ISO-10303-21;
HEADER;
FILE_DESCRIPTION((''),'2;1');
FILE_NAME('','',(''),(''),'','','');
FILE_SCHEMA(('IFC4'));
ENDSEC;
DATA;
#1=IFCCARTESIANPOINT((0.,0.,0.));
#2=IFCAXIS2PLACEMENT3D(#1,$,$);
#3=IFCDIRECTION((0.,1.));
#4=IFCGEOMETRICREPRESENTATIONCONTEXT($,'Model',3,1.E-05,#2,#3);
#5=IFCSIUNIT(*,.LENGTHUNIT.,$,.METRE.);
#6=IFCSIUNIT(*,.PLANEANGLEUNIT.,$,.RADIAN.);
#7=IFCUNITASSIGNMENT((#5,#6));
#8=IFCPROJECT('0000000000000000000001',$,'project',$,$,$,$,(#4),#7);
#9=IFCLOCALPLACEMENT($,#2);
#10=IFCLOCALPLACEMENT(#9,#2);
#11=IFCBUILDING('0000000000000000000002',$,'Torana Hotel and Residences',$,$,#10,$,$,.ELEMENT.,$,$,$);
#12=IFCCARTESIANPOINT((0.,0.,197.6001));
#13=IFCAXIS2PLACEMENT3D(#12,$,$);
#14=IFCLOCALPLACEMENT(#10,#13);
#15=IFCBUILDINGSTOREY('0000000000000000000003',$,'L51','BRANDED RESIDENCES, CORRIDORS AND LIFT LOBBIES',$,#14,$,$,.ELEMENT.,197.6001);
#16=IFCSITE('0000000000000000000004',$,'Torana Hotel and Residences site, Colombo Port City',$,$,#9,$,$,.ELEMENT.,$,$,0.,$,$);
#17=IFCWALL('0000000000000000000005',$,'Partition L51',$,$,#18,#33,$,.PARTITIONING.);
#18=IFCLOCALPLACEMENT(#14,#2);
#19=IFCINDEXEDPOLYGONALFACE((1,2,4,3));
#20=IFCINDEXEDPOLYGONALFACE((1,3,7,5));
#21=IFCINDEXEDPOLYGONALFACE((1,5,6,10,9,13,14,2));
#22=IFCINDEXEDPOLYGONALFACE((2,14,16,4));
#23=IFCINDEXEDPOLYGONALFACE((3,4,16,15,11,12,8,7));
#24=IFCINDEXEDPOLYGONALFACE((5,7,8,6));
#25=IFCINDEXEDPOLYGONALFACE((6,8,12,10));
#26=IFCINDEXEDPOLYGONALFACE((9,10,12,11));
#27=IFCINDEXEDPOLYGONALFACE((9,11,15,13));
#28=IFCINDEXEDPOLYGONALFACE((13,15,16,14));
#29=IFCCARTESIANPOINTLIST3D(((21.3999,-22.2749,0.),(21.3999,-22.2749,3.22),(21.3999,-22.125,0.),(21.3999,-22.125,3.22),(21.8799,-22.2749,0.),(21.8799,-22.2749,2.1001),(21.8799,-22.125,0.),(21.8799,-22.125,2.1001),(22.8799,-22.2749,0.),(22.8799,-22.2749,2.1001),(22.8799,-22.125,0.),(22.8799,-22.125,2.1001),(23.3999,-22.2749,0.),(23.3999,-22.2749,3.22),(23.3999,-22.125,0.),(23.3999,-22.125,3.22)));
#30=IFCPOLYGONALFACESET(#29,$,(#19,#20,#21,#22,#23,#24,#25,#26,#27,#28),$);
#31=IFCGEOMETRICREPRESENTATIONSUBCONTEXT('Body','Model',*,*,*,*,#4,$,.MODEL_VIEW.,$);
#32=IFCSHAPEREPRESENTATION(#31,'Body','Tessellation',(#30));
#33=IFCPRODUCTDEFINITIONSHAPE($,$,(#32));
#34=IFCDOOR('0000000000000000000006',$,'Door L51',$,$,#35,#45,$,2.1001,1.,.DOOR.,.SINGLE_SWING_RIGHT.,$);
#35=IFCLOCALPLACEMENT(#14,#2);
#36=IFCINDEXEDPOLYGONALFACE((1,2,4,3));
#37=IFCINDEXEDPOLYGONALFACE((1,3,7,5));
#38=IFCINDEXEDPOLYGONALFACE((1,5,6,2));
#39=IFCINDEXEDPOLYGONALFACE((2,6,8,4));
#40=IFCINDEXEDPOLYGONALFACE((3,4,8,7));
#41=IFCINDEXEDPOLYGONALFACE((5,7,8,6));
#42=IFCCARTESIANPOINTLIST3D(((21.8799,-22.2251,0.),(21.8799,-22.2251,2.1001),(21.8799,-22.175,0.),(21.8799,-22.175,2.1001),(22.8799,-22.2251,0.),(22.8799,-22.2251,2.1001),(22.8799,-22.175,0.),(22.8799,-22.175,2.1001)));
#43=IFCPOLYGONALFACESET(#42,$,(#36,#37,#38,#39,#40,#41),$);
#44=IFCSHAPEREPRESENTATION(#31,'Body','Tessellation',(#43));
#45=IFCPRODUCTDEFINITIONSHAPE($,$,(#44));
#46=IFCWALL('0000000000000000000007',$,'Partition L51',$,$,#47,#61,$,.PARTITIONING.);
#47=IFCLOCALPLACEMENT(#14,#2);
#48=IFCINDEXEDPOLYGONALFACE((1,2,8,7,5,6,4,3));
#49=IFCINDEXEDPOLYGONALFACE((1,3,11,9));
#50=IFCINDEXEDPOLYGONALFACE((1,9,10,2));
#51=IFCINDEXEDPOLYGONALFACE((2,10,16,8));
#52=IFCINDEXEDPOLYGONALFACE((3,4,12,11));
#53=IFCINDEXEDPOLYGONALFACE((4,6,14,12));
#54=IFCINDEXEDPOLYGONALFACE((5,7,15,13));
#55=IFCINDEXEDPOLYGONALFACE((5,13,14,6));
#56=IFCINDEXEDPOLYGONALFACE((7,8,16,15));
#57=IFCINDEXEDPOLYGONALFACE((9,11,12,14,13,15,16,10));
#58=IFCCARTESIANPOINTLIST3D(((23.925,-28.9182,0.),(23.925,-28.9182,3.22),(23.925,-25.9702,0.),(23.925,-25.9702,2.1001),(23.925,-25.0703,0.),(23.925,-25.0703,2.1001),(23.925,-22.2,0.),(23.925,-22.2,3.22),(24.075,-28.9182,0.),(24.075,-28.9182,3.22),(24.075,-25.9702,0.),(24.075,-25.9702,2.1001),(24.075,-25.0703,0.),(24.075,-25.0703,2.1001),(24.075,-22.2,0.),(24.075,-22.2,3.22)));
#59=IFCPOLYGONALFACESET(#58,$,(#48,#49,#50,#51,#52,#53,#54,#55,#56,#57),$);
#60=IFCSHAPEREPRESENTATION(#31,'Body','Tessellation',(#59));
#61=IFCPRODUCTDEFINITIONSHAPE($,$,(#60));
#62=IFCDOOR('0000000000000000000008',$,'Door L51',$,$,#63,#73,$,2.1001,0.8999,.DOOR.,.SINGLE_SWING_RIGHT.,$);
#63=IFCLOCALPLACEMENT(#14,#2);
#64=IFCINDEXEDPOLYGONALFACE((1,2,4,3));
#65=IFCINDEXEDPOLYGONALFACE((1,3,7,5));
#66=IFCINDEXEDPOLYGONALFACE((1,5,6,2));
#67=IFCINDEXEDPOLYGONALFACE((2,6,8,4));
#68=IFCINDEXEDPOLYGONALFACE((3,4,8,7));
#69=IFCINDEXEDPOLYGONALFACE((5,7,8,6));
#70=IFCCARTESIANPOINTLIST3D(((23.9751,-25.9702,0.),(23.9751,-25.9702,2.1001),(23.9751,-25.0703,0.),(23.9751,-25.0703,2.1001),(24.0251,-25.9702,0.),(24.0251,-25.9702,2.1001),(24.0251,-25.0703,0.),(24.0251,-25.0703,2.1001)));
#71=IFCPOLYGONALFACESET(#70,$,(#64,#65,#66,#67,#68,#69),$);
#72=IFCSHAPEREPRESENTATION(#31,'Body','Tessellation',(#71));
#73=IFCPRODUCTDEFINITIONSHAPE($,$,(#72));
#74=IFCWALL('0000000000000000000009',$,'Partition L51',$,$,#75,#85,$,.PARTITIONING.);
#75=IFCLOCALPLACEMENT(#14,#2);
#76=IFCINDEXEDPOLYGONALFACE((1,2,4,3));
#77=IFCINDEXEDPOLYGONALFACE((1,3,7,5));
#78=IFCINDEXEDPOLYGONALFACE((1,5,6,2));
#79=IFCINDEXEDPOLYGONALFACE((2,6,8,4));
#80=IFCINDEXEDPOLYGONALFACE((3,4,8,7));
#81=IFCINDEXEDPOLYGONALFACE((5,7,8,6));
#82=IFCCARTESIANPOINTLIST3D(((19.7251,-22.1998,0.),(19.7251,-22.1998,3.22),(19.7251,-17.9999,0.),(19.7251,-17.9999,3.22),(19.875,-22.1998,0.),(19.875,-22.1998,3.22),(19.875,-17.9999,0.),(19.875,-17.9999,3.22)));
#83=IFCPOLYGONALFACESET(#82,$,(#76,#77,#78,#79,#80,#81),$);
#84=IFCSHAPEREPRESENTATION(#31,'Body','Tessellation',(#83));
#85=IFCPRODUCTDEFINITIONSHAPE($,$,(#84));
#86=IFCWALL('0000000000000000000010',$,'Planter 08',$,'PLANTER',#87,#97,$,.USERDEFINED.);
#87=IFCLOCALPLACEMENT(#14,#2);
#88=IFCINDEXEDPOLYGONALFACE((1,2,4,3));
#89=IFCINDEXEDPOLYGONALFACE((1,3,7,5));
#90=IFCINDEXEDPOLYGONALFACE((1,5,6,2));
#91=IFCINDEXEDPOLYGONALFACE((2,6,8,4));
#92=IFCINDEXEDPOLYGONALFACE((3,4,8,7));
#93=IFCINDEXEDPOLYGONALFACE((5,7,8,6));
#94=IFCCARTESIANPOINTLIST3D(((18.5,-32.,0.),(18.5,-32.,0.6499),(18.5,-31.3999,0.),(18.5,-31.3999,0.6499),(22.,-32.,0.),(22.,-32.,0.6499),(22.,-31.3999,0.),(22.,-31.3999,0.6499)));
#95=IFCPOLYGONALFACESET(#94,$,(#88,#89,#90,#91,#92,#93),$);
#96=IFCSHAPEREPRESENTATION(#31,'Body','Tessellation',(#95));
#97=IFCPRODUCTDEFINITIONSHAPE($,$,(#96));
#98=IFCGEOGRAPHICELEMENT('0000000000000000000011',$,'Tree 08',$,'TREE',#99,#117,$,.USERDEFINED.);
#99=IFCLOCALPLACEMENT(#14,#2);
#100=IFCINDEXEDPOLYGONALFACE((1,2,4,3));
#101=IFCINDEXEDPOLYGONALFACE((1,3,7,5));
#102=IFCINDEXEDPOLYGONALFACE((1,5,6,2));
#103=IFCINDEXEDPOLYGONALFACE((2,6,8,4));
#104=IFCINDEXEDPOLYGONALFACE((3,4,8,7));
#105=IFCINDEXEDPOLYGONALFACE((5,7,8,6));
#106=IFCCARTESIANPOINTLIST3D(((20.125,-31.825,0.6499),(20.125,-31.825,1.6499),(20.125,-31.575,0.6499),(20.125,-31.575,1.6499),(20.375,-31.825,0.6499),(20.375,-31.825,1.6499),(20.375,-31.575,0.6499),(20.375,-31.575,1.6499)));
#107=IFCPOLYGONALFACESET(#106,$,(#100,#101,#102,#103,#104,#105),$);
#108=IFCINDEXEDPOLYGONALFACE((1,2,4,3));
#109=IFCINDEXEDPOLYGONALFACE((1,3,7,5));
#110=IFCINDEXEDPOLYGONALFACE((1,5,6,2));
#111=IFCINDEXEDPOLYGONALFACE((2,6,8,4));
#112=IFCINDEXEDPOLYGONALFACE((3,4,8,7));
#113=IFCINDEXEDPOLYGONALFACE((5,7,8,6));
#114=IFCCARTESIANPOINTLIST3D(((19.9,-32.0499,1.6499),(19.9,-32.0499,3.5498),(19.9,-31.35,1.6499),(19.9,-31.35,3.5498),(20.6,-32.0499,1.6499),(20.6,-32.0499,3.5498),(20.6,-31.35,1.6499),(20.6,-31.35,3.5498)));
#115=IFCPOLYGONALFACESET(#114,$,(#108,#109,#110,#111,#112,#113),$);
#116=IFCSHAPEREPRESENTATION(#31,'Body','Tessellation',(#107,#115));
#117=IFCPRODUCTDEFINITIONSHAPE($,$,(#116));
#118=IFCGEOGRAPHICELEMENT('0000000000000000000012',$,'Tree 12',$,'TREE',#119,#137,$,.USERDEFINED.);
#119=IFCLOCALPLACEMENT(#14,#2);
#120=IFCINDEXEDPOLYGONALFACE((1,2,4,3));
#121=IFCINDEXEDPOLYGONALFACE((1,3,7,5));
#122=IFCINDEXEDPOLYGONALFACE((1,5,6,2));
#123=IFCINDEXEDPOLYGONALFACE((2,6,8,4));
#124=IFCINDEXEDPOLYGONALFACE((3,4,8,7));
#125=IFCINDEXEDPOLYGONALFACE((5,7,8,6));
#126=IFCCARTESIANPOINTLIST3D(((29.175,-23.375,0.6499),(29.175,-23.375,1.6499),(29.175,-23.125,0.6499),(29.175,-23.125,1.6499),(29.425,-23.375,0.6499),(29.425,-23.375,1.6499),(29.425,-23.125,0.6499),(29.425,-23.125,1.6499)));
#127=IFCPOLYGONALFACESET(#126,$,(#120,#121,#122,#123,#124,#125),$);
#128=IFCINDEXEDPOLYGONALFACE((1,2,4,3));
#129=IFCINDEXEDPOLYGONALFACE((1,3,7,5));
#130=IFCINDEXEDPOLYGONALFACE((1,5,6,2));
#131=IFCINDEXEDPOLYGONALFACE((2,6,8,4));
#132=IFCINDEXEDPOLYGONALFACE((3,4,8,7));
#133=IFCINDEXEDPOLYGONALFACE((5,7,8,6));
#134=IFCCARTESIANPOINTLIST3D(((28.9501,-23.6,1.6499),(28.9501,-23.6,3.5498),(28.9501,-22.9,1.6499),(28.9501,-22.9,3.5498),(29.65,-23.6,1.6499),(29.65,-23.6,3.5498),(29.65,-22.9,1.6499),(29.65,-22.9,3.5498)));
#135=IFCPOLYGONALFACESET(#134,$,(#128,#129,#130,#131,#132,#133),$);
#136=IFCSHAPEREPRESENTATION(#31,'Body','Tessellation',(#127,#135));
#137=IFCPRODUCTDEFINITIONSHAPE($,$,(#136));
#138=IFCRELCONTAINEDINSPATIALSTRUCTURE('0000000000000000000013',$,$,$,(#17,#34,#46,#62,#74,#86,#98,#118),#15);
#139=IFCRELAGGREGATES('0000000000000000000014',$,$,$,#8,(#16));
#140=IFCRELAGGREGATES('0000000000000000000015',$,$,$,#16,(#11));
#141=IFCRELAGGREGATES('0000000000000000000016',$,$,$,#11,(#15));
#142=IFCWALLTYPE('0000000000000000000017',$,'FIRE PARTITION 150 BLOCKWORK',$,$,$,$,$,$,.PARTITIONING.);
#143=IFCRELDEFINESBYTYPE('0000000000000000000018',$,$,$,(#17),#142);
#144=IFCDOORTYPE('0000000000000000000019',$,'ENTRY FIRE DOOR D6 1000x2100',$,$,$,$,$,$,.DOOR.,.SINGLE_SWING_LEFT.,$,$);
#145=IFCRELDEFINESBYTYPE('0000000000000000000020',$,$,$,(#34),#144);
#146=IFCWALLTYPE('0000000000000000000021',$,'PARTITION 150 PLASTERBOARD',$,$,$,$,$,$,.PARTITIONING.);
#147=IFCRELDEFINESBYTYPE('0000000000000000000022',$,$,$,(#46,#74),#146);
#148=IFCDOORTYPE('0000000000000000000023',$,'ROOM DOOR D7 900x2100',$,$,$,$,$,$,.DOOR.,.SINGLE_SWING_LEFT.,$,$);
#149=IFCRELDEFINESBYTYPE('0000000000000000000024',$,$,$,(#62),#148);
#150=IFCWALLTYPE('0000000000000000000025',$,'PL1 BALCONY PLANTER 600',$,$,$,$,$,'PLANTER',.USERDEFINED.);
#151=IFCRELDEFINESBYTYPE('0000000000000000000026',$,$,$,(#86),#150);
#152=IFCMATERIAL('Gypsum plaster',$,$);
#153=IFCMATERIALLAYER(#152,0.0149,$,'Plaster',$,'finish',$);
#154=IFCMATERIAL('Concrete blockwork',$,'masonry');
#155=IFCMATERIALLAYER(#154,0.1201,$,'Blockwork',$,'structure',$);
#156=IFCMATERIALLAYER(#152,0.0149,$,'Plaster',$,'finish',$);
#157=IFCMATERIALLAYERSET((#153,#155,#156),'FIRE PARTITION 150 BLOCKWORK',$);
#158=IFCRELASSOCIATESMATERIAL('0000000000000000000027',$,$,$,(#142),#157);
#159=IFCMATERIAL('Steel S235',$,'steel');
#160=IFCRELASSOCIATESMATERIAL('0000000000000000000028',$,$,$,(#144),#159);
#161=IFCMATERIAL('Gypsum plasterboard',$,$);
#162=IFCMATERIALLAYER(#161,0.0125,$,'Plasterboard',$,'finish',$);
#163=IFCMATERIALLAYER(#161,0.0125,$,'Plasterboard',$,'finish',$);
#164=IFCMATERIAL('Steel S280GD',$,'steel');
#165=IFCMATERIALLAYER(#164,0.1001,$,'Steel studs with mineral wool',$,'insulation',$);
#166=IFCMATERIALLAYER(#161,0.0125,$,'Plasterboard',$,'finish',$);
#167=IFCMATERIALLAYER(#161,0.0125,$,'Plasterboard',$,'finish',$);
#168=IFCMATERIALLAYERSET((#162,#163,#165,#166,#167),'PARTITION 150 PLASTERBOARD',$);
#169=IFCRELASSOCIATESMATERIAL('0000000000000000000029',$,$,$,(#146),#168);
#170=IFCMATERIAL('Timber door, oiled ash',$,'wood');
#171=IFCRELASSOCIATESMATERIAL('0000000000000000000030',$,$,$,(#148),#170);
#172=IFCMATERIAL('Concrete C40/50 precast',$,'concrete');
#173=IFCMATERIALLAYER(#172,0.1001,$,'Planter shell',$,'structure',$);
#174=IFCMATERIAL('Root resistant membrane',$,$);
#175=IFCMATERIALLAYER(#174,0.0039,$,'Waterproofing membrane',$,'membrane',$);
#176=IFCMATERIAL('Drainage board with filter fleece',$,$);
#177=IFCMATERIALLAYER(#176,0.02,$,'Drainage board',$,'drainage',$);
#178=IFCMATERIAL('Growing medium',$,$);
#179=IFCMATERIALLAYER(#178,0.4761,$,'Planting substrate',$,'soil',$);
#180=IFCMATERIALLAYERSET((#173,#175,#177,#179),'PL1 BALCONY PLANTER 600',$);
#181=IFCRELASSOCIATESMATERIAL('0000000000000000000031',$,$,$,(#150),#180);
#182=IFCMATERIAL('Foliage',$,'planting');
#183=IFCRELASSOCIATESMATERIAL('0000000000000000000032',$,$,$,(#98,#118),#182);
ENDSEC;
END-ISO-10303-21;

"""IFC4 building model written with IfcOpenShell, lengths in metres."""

from ifc_helpers import new_model, si_unit, direction, frame, frame_2d, origin, origin_2d, place, context, subcontext, project, spatial, rectangle, extrude, material, layer, layer_set, type_object, element, fill, save


model = new_model("IFC4")

# Units and contexts
model_context = context("Model", 3, precision=1e-05, world=origin(), true_north=direction((0.0, 1.0)))
body_context = subcontext(model_context, "Body", "Model", "MODEL_VIEW")
ifc_project = project(units=[si_unit("LENGTHUNIT", "METRE"), si_unit("PLANEANGLEUNIT", "RADIAN")], contexts=[model_context])

# Site, building, storey
site_placement = place(None, origin())
site = spatial("IfcSite", under=ifc_project, at=site_placement, Name="Torana Hotel and Residences site, Colombo Port City", CompositionType="ELEMENT", RefElevation=0.0)
building_placement = place(site_placement, origin())
building = spatial("IfcBuilding", under=site, at=building_placement, Name="Torana Hotel and Residences", CompositionType="ELEMENT")
storey_placement = place(building_placement, frame((0.0, 0.0, 197.6001)))
storey = spatial("IfcBuildingStorey", under=building, at=storey_placement, Name="L51", Description="BRANDED RESIDENCES, CORRIDORS AND LIFT LOBBIES", CompositionType="ELEMENT", Elevation=197.6001)

# Shared definitions
ifc_material_1 = material(Name="Steel S280GD", Category="steel")

# Shared definitions
ifc_material_2 = material(Name="Gypsum plaster")
ifc_layer_1 = layer(ifc_material_2, 0.0149, Name="Plaster", Category="finish")
ifc_material_3 = material(Name="Concrete blockwork", Category="masonry")
ifc_layer_2 = layer(ifc_material_3, 0.1201, Name="Blockwork", Category="structure")
ifc_layer_3 = layer(ifc_material_2, 0.0149, Name="Plaster", Category="finish")
ifc_layer_set_1 = layer_set([ifc_layer_1, ifc_layer_2, ifc_layer_3], Name="FIRE PARTITION 150 BLOCKWORK")
wall_type_1 = type_object("IfcWallType", Name="FIRE PARTITION 150 BLOCKWORK", PredefinedType="PARTITIONING", material=ifc_layer_set_1)
ifc_material_4 = material(Name="Steel S235", Category="steel")
door_type_1 = type_object("IfcDoorType", Name="ENTRY FIRE DOOR D6 1000x2100", OperationType="SINGLE_SWING_LEFT", PredefinedType="DOOR", material=ifc_material_4)

# Walls, openings, doors
wall_1_placement = place(storey_placement, frame((21.3999, -22.2, 0.0), z_axis=(0.0, 0.0, 1.0), x_axis=(1.0, 0.0, 0.0)))
wall_1 = element("IfcWall", 1, at=wall_1_placement, inside=storey, type_object=wall_type_1, Name="Partition L51", PredefinedType="PARTITIONING", context=body_context, shape_type="SweptSolid", body=[
    extrude(rectangle(XDim=2.0, YDim=0.1499, at=frame_2d((1.0, 0.0))), origin(), (0.0, 0.0, 1.0), 3.22),
])
opening_1_placement = place(wall_1_placement, frame((0.48, 0.0, 0.0)))
opening_1 = element("IfcOpeningElement", 2, at=opening_1_placement, cuts=wall_1, PredefinedType="OPENING", context=body_context, shape_type="SweptSolid", body=[
    extrude(rectangle(XDim=1.0, YDim=2.1001, at=frame_2d((0.5, 1.05))), frame((0.0, 0.085, 0.0), z_axis=(0.0, -1.0, 0.0), x_axis=(1.0, 0.0, 0.0)), (0.0, 0.0, 1.0), 0.1699),
])
door_1_placement = place(opening_1_placement, frame((0.5, 0.0, 0.0), z_axis=(0.0, 0.0, 1.0), x_axis=(-1.0, 0.0, 0.0)))
door_1 = element("IfcDoor", 3, at=door_1_placement, inside=storey, type_object=door_type_1, Name="Door L51", OperationType="SINGLE_SWING_RIGHT", OverallHeight=2.1001, OverallWidth=1.0, PredefinedType="DOOR", context=body_context, shape_type="SweptSolid", body=[
    extrude(rectangle(XDim=1.0, YDim=2.1001, at=frame_2d((0.0, 1.05))), frame((0.0, -0.0249, 0.0), z_axis=(0.0, 1.0, 0.0), x_axis=(-1.0, 0.0, 0.0)), (0.0, 0.0, 1.0), 0.05),
])
fill(opening_1, door_1)
ifc_material_5 = material(Name="Gypsum plasterboard")
ifc_layer_4 = layer(ifc_material_5, 0.0125, Name="Plasterboard", Category="finish")
ifc_layer_5 = layer(ifc_material_5, 0.0125, Name="Plasterboard", Category="finish")
ifc_layer_6 = layer(ifc_material_1, 0.1001, Name="Steel studs with mineral wool", Category="insulation")
ifc_layer_7 = layer(ifc_material_5, 0.0125, Name="Plasterboard", Category="finish")
ifc_layer_8 = layer(ifc_material_5, 0.0125, Name="Plasterboard", Category="finish")
ifc_layer_set_2 = layer_set([ifc_layer_4, ifc_layer_5, ifc_layer_6, ifc_layer_7, ifc_layer_8], Name="PARTITION 150 PLASTERBOARD")
wall_type_2 = type_object("IfcWallType", Name="PARTITION 150 PLASTERBOARD", PredefinedType="PARTITIONING", material=ifc_layer_set_2)
wall_2_placement = place(storey_placement, frame((24.0, -28.9182, 0.0), z_axis=(0.0, 0.0, 1.0), x_axis=(0.0, 1.0, 0.0)))
wall_2 = element("IfcWall", 4, at=wall_2_placement, inside=storey, type_object=wall_type_2, Name="Partition L51", PredefinedType="PARTITIONING", context=body_context, shape_type="SweptSolid", body=[
    extrude(rectangle(XDim=6.7183, YDim=0.1499, at=frame_2d((3.3591, 0.0))), origin(), (0.0, 0.0, 1.0), 3.22),
])
opening_2_placement = place(wall_2_placement, frame((2.948, 0.0, 0.0)))
opening_2 = element("IfcOpeningElement", 5, at=opening_2_placement, cuts=wall_2, PredefinedType="OPENING", context=body_context, shape_type="SweptSolid", body=[
    extrude(rectangle(XDim=0.8999, YDim=2.1001, at=frame_2d((0.45, 1.05))), frame((0.0, 0.085, 0.0), z_axis=(0.0, -1.0, 0.0), x_axis=(1.0, 0.0, 0.0)), (0.0, 0.0, 1.0), 0.1699),
])
ifc_material_6 = material(Name="Timber door, oiled ash", Category="wood")
door_type_2 = type_object("IfcDoorType", Name="ROOM DOOR D7 900x2100", OperationType="SINGLE_SWING_LEFT", PredefinedType="DOOR", material=ifc_material_6)
door_2_placement = place(opening_2_placement, origin())
door_2 = element("IfcDoor", 6, at=door_2_placement, inside=storey, type_object=door_type_2, Name="Door L51", OperationType="SINGLE_SWING_RIGHT", OverallHeight=2.1001, OverallWidth=0.8999, PredefinedType="DOOR", context=body_context, shape_type="SweptSolid", body=[
    extrude(rectangle(XDim=0.8999, YDim=2.1001, at=frame_2d((0.45, 1.05))), frame((0.0, 0.0249, 0.0), z_axis=(0.0, -1.0, 0.0), x_axis=(1.0, 0.0, 0.0)), (0.0, 0.0, 1.0), 0.05),
])
fill(opening_2, door_2)

# Walls
wall_3_placement = place(storey_placement, frame((19.8, -22.2, 0.0), z_axis=(0.0, 0.0, 1.0), x_axis=(0.0, 1.0, 0.0)))
element("IfcWall", 7, at=wall_3_placement, inside=storey, type_object=wall_type_2, Name="Partition L51", PredefinedType="PARTITIONING", context=body_context, shape_type="SweptSolid", body=[
    extrude(rectangle(XDim=4.2, YDim=0.1499, at=frame_2d((2.1001, 0.0))), origin(), (0.0, 0.0, 1.0), 3.22),
])
ifc_material_7 = material(Name="Concrete C40/50 precast", Category="concrete")
ifc_layer_9 = layer(ifc_material_7, 0.1001, Name="Planter shell", Category="structure")
ifc_material_8 = material(Name="Root resistant membrane")
ifc_layer_10 = layer(ifc_material_8, 0.0039, Name="Waterproofing membrane", Category="membrane")
ifc_material_9 = material(Name="Drainage board with filter fleece")
ifc_layer_11 = layer(ifc_material_9, 0.02, Name="Drainage board", Category="drainage")
ifc_material_10 = material(Name="Growing medium")
ifc_layer_12 = layer(ifc_material_10, 0.4761, Name="Planting substrate", Category="soil")
ifc_layer_set_3 = layer_set([ifc_layer_9, ifc_layer_10, ifc_layer_11, ifc_layer_12], Name="PL1 BALCONY PLANTER 600")
wall_type_3 = type_object("IfcWallType", Name="PL1 BALCONY PLANTER 600", ElementType="PLANTER", PredefinedType="USERDEFINED", material=ifc_layer_set_3)
wall_4_placement = place(storey_placement, frame((22.0, -31.7, 0.0), z_axis=(0.0, 0.0, 1.0), x_axis=(-1.0, 0.0, 0.0)))
element("IfcWall", 8, at=wall_4_placement, inside=storey, type_object=wall_type_3, Name="Planter 08", ObjectType="PLANTER", PredefinedType="USERDEFINED", context=body_context, shape_type="SweptSolid", body=[
    extrude(rectangle(XDim=3.5, YDim=0.6001, at=frame_2d((1.75, 0.0))), origin(), (0.0, 0.0, 1.0), 0.6499),
])

# Geographic elements
ifc_material_11 = material(Name="Foliage", Category="planting")
for number, where, z_axis, x_axis, name in (
    (9, (20.25, -31.7, 0.6499), (0.0, 0.0, 1.0), (1.0, 0.0, 0.0), "Tree 08"),
    (10, (29.3, -23.25, 0.6499), (0.0, 0.0, 1.0), (1.0, 0.0, 0.0), "Tree 12"),
):
    element("IfcGeographicElement", number, at=place(storey_placement, frame(where, z_axis=z_axis, x_axis=x_axis)), inside=storey, material=ifc_material_11, Name=name, ObjectType="TREE", PredefinedType="USERDEFINED", context=body_context, shape_type="SweptSolid", body=[
        extrude(rectangle(XDim=0.25, YDim=0.25, at=origin_2d()), origin(), (0.0, 0.0, 1.0), 1.0),
        extrude(rectangle(XDim=0.7, YDim=0.7, at=origin_2d()), frame((0.0, 0.0, 1.0)), (0.0, 0.0, 1.0), 1.8999),
    ])

save(model, "model.ifc")
